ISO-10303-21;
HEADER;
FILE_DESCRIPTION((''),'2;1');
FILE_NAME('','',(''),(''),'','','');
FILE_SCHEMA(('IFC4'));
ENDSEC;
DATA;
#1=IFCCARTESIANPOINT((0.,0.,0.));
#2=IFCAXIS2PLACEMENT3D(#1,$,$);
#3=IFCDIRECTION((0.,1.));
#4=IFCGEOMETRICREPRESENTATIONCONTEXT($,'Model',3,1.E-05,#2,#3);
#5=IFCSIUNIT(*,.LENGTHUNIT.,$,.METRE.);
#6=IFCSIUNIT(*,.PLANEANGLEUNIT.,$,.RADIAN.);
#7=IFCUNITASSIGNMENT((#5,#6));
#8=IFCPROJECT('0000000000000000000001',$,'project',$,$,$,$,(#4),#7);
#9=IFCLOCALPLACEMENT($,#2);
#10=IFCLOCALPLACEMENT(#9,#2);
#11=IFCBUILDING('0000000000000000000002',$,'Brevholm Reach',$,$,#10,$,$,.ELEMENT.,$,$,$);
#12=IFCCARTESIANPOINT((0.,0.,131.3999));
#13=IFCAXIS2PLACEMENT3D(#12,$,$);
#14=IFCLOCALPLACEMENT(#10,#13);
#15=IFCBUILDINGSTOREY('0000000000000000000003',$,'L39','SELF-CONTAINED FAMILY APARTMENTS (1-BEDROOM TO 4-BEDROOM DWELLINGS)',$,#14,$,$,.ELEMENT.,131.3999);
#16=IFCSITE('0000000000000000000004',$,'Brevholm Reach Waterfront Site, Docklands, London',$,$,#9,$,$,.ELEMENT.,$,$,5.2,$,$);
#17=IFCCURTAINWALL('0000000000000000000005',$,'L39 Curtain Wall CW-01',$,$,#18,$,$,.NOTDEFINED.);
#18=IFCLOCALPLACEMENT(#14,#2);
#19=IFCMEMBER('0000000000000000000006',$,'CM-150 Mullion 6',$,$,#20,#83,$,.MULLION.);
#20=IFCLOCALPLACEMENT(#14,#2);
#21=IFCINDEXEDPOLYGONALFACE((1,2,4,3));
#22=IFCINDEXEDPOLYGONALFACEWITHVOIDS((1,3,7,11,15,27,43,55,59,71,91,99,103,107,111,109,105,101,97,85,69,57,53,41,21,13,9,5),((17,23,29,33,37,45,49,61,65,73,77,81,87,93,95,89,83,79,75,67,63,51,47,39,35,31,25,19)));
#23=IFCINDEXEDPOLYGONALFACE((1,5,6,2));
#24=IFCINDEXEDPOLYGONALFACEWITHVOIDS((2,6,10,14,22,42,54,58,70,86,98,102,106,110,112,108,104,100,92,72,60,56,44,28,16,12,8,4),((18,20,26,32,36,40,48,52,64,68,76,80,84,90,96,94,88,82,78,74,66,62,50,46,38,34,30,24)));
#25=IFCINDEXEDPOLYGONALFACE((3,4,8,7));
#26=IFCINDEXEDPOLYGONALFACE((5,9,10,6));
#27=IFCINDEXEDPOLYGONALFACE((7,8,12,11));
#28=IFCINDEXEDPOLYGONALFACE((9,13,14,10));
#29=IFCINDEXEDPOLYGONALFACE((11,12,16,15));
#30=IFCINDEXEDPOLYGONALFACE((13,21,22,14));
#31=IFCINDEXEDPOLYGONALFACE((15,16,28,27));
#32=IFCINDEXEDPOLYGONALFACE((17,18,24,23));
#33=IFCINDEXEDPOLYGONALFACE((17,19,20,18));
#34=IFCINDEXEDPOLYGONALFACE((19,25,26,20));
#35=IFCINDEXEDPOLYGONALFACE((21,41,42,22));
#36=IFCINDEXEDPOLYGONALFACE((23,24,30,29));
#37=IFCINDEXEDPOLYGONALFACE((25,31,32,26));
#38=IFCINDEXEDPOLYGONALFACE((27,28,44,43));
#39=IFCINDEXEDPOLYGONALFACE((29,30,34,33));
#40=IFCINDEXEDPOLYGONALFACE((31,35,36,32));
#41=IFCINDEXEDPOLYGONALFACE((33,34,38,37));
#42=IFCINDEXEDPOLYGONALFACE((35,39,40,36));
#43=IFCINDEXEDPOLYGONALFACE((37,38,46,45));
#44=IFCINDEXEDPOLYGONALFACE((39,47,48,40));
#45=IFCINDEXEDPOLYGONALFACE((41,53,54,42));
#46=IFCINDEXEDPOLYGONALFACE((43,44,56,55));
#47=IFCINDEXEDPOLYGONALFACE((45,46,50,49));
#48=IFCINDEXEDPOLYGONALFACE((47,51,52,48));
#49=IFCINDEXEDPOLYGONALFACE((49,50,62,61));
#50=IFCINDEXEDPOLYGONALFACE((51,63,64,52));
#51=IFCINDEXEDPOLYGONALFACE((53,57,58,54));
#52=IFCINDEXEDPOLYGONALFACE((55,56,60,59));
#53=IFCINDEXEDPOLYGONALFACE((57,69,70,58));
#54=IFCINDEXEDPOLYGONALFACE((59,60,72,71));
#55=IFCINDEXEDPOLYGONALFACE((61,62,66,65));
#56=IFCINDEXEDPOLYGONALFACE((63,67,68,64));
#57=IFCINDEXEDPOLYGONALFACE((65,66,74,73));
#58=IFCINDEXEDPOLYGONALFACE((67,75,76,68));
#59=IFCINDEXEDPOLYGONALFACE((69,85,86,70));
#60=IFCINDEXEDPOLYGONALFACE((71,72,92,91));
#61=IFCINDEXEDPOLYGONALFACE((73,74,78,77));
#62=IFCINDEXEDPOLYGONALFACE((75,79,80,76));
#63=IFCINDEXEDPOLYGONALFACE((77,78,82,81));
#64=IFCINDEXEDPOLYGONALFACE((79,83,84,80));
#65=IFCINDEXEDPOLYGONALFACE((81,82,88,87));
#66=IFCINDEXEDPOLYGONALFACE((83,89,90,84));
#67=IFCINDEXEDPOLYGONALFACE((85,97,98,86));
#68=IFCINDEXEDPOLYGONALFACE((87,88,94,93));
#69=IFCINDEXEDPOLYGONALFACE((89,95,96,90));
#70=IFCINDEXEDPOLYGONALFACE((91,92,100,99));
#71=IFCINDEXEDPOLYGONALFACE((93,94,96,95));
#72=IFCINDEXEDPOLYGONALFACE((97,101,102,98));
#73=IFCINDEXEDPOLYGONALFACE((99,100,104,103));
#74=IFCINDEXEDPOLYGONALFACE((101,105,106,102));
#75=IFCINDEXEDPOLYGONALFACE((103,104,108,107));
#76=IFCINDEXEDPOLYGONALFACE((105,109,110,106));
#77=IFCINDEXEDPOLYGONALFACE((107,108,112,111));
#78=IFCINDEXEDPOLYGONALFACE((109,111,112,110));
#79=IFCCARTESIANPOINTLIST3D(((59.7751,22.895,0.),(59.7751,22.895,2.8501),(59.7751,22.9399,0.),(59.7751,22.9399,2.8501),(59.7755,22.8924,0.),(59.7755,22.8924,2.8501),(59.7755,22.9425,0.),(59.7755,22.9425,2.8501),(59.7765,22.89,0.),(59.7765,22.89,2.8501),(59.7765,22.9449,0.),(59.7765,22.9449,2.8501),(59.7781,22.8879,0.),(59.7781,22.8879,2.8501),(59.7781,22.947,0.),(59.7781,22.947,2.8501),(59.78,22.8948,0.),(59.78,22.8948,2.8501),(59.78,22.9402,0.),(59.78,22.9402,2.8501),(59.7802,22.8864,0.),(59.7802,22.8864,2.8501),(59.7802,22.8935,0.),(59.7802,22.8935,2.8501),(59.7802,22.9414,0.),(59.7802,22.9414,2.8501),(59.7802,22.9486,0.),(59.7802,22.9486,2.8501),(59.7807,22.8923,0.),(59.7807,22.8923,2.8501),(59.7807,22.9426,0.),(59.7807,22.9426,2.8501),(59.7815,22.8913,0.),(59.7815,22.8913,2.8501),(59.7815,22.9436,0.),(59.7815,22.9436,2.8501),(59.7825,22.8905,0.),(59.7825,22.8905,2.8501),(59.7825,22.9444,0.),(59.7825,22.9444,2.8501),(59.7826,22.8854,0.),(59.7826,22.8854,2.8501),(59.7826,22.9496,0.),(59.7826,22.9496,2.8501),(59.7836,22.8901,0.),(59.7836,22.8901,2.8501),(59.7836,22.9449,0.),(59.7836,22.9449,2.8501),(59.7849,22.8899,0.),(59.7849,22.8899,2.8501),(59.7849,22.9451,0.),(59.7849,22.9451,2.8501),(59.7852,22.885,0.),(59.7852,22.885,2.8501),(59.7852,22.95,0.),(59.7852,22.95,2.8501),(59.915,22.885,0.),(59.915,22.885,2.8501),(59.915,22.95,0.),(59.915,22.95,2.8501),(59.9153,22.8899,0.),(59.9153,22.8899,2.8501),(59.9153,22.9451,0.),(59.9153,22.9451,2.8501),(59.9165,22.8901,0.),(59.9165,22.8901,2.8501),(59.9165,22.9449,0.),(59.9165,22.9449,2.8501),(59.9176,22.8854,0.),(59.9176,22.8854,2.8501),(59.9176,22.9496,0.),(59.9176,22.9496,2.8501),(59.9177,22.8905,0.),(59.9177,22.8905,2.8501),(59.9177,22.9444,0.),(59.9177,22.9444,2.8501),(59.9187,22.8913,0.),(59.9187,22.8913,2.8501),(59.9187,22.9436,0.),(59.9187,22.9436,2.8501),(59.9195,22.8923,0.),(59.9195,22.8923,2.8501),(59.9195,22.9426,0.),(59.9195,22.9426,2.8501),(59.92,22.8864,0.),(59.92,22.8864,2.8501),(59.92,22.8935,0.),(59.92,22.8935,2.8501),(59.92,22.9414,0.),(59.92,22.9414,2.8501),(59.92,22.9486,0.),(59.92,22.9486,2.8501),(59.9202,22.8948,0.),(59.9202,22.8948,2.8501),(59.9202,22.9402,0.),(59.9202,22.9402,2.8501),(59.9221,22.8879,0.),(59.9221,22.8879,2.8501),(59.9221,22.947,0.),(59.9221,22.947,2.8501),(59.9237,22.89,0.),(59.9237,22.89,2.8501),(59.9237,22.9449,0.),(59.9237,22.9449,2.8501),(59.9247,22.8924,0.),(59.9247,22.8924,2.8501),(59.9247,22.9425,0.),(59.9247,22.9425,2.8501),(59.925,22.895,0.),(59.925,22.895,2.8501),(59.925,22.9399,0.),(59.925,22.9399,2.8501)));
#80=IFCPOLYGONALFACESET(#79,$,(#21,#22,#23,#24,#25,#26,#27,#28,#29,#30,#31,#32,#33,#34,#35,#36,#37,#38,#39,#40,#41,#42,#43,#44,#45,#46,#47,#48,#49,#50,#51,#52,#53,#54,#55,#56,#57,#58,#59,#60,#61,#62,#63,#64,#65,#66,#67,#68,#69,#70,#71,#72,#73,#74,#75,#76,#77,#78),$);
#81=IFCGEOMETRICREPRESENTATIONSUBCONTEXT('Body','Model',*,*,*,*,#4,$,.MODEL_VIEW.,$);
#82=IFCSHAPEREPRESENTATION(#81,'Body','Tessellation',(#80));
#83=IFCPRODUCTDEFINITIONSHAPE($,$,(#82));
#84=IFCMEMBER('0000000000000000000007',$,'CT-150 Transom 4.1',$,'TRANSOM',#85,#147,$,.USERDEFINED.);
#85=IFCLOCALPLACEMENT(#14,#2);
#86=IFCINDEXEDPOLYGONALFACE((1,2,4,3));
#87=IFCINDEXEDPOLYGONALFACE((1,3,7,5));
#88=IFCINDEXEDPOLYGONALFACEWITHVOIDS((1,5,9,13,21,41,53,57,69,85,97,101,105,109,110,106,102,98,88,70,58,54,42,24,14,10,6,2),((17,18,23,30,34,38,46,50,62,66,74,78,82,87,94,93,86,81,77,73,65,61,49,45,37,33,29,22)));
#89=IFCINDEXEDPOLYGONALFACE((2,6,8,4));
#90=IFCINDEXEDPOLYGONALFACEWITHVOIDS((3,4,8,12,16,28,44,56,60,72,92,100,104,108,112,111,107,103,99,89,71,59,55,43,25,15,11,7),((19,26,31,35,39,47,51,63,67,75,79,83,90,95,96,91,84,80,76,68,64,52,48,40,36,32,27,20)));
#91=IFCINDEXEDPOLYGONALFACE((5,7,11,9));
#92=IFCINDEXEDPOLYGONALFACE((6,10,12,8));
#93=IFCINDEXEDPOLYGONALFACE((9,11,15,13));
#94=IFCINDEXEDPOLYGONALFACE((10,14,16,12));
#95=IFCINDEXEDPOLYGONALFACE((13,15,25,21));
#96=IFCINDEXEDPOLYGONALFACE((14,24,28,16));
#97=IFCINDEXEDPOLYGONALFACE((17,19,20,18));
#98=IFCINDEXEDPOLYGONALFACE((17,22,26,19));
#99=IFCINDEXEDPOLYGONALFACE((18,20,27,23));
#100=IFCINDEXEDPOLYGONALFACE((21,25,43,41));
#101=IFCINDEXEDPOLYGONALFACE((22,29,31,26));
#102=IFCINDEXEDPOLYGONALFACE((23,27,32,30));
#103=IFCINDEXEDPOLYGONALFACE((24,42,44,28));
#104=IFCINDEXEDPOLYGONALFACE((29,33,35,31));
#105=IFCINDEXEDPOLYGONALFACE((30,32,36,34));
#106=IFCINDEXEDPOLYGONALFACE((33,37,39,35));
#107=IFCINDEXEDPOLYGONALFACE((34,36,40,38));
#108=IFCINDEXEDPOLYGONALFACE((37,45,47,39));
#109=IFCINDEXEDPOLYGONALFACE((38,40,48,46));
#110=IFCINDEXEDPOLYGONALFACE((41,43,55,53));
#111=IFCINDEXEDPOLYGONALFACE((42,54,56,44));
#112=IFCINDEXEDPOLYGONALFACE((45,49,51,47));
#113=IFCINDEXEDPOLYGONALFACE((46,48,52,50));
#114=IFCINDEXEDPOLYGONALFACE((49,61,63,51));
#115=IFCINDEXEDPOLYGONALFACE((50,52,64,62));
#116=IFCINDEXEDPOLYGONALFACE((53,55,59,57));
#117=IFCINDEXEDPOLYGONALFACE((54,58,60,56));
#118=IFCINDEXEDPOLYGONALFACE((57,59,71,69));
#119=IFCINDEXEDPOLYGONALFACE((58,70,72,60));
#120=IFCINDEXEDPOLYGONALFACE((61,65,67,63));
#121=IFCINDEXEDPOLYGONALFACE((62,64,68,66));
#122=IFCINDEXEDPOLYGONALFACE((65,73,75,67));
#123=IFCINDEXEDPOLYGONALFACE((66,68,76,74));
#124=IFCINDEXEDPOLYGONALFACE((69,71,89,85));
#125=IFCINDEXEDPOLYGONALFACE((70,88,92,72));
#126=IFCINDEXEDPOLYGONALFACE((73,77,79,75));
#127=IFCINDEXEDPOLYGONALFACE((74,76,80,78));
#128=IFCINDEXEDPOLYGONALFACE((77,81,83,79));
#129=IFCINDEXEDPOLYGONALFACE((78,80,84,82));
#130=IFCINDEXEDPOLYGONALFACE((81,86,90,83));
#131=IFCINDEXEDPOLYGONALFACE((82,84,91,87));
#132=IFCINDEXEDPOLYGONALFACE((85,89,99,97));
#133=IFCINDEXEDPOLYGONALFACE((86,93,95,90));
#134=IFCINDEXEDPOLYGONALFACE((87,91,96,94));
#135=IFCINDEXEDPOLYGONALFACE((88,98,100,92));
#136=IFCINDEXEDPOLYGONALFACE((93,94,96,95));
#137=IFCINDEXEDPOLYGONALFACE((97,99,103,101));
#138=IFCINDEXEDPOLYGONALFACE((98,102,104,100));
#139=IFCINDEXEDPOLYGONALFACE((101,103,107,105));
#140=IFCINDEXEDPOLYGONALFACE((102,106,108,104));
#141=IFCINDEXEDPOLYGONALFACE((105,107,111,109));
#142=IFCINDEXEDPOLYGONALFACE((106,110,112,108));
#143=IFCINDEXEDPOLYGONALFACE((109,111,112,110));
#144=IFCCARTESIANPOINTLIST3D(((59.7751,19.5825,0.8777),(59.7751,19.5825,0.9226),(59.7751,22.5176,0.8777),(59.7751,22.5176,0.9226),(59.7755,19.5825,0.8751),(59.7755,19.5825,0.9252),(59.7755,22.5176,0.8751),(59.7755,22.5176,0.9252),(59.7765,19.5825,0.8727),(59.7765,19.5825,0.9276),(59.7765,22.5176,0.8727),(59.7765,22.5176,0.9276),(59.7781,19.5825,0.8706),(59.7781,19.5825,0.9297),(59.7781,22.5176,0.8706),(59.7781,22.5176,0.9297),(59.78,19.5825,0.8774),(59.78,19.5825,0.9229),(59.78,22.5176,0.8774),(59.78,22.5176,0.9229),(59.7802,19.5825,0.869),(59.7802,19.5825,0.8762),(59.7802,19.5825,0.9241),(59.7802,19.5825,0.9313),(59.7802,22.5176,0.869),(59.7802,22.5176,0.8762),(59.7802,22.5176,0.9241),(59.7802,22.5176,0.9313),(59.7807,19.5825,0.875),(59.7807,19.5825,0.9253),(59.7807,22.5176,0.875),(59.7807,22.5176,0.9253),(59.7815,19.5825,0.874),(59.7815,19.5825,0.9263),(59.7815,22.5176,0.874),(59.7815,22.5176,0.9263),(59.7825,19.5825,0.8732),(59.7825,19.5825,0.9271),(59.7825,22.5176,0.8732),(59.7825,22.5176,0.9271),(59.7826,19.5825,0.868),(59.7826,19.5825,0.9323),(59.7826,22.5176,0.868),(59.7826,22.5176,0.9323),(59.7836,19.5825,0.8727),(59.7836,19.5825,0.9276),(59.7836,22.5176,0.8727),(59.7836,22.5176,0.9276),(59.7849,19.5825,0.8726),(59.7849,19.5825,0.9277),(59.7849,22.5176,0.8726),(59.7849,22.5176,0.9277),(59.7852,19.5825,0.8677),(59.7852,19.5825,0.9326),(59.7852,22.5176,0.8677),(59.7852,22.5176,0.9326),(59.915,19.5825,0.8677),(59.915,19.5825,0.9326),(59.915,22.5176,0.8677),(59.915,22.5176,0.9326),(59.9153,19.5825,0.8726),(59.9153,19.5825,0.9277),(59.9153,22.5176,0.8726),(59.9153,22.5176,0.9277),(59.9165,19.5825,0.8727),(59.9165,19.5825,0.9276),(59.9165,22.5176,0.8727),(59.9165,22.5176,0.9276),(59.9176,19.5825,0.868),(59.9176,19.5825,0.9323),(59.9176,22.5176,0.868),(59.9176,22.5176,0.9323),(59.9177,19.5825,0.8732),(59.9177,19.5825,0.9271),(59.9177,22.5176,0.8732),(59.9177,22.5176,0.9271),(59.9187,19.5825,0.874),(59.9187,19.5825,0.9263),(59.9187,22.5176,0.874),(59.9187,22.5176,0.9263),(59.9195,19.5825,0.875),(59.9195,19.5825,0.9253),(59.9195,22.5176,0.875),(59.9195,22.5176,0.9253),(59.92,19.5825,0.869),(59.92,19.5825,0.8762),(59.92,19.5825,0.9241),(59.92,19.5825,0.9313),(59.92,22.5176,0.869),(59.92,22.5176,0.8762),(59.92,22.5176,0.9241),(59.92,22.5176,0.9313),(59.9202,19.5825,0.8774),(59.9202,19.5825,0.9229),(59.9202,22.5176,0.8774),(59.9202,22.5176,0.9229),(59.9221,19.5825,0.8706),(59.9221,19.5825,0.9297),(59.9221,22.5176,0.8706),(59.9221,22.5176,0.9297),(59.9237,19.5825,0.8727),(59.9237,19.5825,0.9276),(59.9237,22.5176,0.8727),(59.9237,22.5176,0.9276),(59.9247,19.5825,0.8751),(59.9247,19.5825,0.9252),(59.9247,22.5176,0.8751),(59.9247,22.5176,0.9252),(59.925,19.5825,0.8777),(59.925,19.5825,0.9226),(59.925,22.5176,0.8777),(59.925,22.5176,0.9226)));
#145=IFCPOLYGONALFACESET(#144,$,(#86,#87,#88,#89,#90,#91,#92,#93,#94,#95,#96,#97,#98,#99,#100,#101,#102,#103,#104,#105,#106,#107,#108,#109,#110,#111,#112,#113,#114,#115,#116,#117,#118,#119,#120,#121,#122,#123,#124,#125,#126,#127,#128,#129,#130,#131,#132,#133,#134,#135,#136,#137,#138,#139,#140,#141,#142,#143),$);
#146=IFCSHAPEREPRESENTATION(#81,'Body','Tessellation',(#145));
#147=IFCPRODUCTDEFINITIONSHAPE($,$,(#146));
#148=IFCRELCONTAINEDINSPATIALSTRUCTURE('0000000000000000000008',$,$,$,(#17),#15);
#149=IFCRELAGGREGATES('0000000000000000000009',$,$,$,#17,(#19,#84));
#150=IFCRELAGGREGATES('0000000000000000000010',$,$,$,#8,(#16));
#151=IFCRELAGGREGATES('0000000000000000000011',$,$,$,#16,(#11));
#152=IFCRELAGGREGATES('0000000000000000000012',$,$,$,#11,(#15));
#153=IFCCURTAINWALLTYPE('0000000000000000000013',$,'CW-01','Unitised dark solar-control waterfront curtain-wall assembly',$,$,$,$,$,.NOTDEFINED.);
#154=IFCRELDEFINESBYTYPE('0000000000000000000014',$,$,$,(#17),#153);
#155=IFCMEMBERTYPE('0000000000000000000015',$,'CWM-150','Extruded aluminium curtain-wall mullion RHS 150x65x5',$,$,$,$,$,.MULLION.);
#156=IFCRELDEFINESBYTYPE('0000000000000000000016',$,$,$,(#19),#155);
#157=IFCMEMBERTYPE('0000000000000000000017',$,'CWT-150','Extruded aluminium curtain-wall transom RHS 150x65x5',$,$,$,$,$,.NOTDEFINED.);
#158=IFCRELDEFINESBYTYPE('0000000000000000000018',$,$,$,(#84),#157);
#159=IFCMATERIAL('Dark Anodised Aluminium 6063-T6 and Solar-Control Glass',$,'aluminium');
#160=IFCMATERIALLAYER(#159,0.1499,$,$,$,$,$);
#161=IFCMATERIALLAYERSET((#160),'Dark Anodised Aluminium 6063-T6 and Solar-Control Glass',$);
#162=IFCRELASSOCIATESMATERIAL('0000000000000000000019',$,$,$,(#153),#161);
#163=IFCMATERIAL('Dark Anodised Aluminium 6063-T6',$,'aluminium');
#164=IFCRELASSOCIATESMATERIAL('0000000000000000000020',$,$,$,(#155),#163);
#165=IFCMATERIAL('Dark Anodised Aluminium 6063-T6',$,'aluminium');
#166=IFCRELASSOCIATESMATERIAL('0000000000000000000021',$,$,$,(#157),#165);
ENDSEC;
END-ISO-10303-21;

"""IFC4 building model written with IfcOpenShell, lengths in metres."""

from ifc_helpers import new_model, si_unit, direction, frame, origin, origin_2d, place, context, subcontext, project, spatial, hollow_rectangle, extrude, material, layer, layer_set, material_profile, profile_set, type_object, element, aggregate, save


model = new_model("IFC4")

# Units and contexts
model_context = context("Model", 3, precision=1e-05, world=origin(), true_north=direction((0.0, 1.0)))
body_context = subcontext(model_context, "Body", "Model", "MODEL_VIEW")
ifc_project = project(units=[si_unit("LENGTHUNIT", "METRE"), si_unit("PLANEANGLEUNIT", "RADIAN")], contexts=[model_context])

# Site, building, storey
site_placement = place(None, origin())
site = spatial("IfcSite", under=ifc_project, at=site_placement, Name="Brevholm Reach Waterfront Site, Docklands, London", CompositionType="ELEMENT", RefElevation=5.2)
building_placement = place(site_placement, origin())
building = spatial("IfcBuilding", under=site, at=building_placement, Name="Brevholm Reach", CompositionType="ELEMENT")
storey_placement = place(building_placement, frame((0.0, 0.0, 131.3999)))
storey = spatial("IfcBuildingStorey", under=building, at=storey_placement, Name="L39", Description="SELF-CONTAINED FAMILY APARTMENTS (1-BEDROOM TO 4-BEDROOM DWELLINGS)", CompositionType="ELEMENT", Elevation=131.3999)

# Curtain wall, members
ifc_material_1 = material(Name="Dark Anodised Aluminium 6063-T6 and Solar-Control Glass", Category="aluminium")
ifc_layer_1 = layer(ifc_material_1, 0.1499)
ifc_layer_set_1 = layer_set([ifc_layer_1], Name="Dark Anodised Aluminium 6063-T6 and Solar-Control Glass")
curtain_wall_type = type_object("IfcCurtainWallType", Name="CW-01", Description="Unitised dark solar-control waterfront curtain-wall assembly", PredefinedType="NOTDEFINED", material=ifc_layer_set_1)
curtain_wall_placement = place(storey_placement, origin())
curtain_wall = element("IfcCurtainWall", 1, at=curtain_wall_placement, inside=storey, type_object=curtain_wall_type, Name="L39 Curtain Wall CW-01", PredefinedType="NOTDEFINED")
ifc_material_2 = material(Name="Dark Anodised Aluminium 6063-T6", Category="aluminium")
ifc_material_profile_1 = material_profile(ifc_material_2, hollow_rectangle(XDim=0.0649, YDim=0.1499, WallThickness=0.0049, InnerFilletRadius=0.0049, OuterFilletRadius=0.01, at=origin_2d()), Name="RHS 150x65x5")
ifc_profile_set_1 = profile_set([ifc_material_profile_1], Name="Dark Anodised Aluminium 6063-T6")
member_type_1 = type_object("IfcMemberType", Name="CWM-150", Description="Extruded aluminium curtain-wall mullion RHS 150x65x5", PredefinedType="MULLION", material=ifc_profile_set_1)
member_1_placement = place(storey_placement, frame((59.8501, 22.9175, 0.0), z_axis=(0.0, 0.0, 1.0), x_axis=(0.0, 1.0, 0.0)))
member_1 = element("IfcMember", 2, at=member_1_placement, type_object=member_type_1, Name="CM-150 Mullion 6", PredefinedType="MULLION", context=body_context, shape_type="SweptSolid", body=[
    extrude(hollow_rectangle(XDim=0.0649, YDim=0.1499, WallThickness=0.0049, InnerFilletRadius=0.0049, OuterFilletRadius=0.01, at=origin_2d()), origin(), (0.0, 0.0, 1.0), 2.8501),
])
ifc_material_3 = material(Name="Dark Anodised Aluminium 6063-T6", Category="aluminium")
ifc_material_profile_2 = material_profile(ifc_material_3, hollow_rectangle(XDim=0.0649, YDim=0.1499, WallThickness=0.0049, InnerFilletRadius=0.0049, OuterFilletRadius=0.01, at=origin_2d()), Name="RHS 150x65x5")
ifc_profile_set_2 = profile_set([ifc_material_profile_2], Name="Dark Anodised Aluminium 6063-T6")
member_type_2 = type_object("IfcMemberType", Name="CWT-150", Description="Extruded aluminium curtain-wall transom RHS 150x65x5", PredefinedType="NOTDEFINED", material=ifc_profile_set_2)
member_2_placement = place(storey_placement, frame((59.8501, 19.5825, 0.9001), z_axis=(0.0, 1.0, 0.0), x_axis=(0.0, 0.0, 1.0)))
member_2 = element("IfcMember", 3, at=member_2_placement, type_object=member_type_2, Name="CT-150 Transom 4.1", ObjectType="TRANSOM", PredefinedType="USERDEFINED", context=body_context, shape_type="SweptSolid", body=[
    extrude(hollow_rectangle(XDim=0.0649, YDim=0.1499, WallThickness=0.0049, InnerFilletRadius=0.0049, OuterFilletRadius=0.01, at=origin_2d()), origin(), (0.0, 0.0, 1.0), 2.9351),
])
aggregate(curtain_wall, [member_1, member_2])

save(model, "model.ifc")
